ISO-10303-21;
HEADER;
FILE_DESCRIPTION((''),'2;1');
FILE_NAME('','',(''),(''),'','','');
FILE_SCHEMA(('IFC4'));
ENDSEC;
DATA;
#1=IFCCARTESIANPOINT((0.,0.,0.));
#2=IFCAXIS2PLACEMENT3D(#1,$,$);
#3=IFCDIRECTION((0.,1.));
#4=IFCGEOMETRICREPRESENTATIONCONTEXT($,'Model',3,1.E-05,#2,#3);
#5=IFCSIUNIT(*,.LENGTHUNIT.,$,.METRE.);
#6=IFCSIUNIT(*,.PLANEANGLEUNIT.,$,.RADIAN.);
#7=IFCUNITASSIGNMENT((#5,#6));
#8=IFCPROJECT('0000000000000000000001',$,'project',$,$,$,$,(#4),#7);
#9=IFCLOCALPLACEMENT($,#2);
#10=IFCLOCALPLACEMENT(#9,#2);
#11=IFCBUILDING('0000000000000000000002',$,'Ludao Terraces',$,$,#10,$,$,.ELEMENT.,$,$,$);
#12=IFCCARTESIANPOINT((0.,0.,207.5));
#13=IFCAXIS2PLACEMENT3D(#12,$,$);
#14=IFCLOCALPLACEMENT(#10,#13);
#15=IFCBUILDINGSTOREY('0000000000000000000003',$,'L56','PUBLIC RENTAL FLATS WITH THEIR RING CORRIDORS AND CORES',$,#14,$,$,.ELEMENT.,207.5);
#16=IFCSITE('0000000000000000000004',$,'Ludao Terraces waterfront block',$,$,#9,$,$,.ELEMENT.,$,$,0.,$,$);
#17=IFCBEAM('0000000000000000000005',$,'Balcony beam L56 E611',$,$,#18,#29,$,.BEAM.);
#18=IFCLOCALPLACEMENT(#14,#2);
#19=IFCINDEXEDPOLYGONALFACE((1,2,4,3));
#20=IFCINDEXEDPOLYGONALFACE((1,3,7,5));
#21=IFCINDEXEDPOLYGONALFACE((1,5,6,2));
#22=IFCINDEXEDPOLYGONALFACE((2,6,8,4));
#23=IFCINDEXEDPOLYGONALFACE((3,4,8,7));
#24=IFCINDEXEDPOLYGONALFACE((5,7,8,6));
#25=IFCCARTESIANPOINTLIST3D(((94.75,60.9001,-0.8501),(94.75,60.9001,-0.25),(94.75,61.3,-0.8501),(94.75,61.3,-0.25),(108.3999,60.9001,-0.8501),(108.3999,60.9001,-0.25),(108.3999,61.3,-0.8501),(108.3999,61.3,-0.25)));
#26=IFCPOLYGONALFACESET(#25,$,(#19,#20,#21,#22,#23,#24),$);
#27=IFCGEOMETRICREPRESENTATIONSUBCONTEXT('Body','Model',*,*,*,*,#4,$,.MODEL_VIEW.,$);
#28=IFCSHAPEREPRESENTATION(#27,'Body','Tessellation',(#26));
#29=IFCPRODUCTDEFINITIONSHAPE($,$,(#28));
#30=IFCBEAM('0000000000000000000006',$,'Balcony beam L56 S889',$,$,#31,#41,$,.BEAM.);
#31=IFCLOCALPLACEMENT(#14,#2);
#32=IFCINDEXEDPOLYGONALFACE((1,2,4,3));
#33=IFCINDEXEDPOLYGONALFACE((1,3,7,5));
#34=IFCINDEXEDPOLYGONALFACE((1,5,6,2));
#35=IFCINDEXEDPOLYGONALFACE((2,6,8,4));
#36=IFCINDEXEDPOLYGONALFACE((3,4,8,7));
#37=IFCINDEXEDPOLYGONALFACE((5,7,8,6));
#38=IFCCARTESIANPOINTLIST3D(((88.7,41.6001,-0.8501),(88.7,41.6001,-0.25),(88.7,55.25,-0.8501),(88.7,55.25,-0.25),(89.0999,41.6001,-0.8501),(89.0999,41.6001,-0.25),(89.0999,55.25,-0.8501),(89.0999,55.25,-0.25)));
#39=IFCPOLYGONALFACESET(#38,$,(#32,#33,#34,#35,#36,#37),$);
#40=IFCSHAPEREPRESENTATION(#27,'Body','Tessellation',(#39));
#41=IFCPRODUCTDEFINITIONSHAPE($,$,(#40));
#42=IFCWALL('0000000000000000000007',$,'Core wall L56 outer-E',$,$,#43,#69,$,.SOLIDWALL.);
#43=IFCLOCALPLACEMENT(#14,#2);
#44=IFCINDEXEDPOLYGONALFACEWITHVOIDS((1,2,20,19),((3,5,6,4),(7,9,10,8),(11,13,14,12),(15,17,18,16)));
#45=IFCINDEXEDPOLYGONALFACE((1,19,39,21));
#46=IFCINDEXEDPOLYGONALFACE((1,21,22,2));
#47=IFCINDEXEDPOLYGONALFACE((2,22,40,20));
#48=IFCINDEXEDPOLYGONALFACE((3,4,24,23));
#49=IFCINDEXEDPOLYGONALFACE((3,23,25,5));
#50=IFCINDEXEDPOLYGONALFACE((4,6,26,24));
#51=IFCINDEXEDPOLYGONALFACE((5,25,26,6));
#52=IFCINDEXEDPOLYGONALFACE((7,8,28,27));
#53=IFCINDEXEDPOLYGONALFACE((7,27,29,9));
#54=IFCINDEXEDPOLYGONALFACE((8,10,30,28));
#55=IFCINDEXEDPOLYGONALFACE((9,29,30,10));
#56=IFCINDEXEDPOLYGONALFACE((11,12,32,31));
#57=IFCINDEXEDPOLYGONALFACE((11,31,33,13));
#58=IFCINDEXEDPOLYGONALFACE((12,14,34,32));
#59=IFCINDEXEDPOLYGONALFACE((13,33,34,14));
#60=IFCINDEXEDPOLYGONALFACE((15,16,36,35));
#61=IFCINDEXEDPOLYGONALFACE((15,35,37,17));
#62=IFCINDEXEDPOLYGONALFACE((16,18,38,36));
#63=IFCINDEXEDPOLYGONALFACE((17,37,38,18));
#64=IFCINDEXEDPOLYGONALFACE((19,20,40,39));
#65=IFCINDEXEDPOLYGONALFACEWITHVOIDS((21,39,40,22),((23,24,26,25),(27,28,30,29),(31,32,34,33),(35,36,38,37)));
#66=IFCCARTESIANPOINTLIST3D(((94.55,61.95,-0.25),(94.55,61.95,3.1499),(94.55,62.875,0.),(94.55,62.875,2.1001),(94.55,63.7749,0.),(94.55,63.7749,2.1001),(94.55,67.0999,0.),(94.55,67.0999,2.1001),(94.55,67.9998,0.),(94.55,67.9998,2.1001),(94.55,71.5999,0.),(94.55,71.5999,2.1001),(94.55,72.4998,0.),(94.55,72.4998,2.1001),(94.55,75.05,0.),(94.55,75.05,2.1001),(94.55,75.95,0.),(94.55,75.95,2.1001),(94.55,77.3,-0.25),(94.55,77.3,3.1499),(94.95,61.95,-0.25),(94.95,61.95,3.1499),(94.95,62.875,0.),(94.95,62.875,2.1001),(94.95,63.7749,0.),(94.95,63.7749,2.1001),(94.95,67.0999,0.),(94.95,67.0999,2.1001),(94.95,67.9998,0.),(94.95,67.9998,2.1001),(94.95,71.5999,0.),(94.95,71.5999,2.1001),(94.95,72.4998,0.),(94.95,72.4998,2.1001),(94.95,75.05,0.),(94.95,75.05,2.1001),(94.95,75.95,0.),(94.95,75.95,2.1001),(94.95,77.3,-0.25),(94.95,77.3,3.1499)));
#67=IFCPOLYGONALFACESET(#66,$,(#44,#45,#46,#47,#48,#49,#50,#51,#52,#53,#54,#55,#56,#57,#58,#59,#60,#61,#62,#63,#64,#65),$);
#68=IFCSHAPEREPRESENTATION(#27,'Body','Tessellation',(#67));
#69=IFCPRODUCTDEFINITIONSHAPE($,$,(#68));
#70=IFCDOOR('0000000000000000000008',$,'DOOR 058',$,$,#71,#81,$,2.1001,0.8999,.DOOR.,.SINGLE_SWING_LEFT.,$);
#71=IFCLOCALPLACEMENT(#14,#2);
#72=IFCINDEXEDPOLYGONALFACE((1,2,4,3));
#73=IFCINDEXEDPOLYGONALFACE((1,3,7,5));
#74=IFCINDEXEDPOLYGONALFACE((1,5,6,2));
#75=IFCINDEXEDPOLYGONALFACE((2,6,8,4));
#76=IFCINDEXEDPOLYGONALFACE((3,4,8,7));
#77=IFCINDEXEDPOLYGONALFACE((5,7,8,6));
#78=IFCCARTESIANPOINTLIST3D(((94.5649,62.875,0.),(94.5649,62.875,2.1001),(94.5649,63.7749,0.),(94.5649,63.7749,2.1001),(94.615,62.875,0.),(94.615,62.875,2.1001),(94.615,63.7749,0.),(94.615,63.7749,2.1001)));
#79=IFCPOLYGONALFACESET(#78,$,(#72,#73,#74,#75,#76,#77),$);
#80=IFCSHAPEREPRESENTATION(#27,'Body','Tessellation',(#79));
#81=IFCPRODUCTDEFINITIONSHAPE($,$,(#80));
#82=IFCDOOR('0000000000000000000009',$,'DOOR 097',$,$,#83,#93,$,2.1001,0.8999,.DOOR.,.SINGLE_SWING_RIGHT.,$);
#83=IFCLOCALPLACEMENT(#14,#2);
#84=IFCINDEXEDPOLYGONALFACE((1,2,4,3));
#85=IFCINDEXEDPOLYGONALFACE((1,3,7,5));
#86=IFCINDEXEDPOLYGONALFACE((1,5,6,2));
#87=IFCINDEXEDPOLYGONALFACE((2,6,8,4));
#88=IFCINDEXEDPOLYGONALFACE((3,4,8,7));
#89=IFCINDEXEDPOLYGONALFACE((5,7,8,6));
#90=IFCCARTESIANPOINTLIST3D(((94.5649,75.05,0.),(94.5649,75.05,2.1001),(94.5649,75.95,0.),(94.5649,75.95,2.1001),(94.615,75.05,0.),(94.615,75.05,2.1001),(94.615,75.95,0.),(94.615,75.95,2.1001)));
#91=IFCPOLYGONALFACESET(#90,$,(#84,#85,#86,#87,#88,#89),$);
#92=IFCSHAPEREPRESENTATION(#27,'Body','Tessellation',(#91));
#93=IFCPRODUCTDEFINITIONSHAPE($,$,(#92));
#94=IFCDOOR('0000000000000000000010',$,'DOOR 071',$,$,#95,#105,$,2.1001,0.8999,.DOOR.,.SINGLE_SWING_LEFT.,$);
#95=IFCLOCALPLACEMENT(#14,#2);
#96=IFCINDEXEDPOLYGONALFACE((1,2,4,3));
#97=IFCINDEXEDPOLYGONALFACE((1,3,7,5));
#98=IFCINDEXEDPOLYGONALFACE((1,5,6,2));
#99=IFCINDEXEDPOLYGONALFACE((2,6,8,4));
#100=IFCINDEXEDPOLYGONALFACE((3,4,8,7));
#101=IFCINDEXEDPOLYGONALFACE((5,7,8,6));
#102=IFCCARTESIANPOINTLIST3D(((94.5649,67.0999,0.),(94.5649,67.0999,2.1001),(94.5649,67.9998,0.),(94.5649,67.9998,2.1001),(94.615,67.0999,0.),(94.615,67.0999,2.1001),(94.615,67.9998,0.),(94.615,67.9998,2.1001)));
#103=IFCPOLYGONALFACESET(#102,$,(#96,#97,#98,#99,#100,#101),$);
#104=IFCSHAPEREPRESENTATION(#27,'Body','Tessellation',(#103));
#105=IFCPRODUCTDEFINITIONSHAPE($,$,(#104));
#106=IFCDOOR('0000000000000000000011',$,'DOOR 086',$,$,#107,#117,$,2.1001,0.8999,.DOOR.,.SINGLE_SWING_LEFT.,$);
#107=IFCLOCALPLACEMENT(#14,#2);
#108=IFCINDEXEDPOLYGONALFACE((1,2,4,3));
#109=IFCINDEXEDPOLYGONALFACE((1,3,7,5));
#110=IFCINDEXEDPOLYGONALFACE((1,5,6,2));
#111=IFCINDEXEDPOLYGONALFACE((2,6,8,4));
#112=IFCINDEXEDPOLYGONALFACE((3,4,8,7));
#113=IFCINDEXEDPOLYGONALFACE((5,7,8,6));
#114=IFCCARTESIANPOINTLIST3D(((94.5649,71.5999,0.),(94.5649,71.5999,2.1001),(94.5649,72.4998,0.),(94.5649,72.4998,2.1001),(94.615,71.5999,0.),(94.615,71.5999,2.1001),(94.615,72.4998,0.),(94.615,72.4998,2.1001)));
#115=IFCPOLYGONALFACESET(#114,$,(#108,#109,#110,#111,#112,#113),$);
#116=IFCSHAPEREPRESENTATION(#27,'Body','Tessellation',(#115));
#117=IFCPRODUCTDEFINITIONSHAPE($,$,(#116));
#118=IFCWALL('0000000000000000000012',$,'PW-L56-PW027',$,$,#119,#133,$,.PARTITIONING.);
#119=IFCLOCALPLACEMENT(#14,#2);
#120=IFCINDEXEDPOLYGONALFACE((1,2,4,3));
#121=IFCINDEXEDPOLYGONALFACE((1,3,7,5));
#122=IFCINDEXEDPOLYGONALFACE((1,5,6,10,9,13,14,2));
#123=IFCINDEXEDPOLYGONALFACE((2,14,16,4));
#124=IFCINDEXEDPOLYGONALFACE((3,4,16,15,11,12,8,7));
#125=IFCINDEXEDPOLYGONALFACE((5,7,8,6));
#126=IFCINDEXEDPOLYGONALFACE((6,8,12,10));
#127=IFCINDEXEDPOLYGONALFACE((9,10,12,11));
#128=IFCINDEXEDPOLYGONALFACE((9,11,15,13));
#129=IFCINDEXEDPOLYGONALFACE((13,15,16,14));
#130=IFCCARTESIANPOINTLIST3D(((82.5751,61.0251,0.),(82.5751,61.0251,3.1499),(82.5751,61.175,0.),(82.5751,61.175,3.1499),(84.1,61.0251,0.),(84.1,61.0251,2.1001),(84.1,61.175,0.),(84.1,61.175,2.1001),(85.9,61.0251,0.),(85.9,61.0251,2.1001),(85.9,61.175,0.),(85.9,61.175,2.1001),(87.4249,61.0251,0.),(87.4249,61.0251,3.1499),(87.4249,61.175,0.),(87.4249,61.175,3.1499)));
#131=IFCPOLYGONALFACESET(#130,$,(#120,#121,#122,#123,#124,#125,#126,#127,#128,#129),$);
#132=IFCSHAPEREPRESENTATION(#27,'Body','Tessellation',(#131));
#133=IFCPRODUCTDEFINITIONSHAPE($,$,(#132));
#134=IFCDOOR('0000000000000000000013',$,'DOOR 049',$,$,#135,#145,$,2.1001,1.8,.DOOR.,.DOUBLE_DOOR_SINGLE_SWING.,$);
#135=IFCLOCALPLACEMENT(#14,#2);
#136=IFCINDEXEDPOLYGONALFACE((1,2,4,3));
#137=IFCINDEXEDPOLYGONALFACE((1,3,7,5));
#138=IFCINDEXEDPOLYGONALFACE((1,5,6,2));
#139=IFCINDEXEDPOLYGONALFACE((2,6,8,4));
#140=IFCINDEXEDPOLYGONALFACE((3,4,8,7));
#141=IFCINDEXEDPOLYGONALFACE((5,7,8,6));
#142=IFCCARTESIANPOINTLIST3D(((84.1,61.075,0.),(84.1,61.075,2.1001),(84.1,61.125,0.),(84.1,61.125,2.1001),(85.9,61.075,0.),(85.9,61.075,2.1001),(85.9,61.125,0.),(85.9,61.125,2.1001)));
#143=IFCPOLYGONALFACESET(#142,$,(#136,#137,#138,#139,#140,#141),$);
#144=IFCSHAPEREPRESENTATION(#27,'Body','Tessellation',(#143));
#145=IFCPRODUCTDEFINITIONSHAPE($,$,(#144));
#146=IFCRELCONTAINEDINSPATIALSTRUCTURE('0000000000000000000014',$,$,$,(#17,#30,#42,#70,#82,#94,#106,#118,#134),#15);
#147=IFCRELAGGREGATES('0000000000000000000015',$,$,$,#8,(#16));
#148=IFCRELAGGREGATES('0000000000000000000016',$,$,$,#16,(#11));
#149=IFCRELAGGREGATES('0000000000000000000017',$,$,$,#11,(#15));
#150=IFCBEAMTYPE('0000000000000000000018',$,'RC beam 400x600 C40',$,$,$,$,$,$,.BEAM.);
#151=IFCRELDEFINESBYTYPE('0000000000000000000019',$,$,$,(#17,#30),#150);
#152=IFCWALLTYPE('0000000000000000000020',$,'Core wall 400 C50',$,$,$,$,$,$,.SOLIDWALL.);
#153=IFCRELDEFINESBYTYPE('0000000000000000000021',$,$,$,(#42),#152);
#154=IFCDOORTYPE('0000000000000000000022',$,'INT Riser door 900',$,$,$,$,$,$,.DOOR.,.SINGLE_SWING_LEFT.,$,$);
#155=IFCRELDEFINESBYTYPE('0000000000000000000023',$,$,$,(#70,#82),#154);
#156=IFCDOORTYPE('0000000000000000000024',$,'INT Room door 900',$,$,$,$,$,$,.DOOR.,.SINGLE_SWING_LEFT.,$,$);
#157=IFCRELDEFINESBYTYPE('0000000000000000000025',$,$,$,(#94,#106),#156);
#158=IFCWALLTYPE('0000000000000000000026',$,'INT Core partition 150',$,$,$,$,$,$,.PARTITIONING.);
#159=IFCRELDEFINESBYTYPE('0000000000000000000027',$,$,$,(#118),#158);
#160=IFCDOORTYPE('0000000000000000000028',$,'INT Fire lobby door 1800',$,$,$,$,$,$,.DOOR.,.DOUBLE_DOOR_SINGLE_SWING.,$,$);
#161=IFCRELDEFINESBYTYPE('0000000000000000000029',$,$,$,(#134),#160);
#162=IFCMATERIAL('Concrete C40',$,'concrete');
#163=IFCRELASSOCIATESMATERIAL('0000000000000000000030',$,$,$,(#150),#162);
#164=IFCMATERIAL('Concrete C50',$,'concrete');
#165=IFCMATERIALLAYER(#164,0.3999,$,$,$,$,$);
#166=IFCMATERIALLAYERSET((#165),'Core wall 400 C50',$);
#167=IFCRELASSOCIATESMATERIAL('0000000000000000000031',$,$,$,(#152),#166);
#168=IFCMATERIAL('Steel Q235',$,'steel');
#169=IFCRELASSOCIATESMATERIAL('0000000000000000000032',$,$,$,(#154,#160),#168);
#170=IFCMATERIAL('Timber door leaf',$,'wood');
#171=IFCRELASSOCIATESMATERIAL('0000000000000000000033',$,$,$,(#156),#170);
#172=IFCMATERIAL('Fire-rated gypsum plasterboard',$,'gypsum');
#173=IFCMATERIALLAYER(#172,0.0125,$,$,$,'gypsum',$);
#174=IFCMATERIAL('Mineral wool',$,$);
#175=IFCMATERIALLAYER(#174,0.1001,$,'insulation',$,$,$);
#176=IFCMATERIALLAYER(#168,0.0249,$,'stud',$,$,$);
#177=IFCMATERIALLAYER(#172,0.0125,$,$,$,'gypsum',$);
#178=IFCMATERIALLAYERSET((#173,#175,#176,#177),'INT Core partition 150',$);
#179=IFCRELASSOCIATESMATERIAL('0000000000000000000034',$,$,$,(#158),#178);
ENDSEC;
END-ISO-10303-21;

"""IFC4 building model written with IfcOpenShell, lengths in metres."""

from ifc_helpers import new_model, si_unit, direction, frame, frame_2d, origin, origin_2d, place, context, subcontext, project, spatial, rectangle, extrude, material, layer, layer_set, material_profile, profile_set, type_object, element, fill, save


model = new_model("IFC4")

# Units and contexts
model_context = context("Model", 3, precision=1e-05, world=origin(), true_north=direction((0.0, 1.0)))
body_context = subcontext(model_context, "Body", "Model", "MODEL_VIEW")
ifc_project = project(units=[si_unit("LENGTHUNIT", "METRE"), si_unit("PLANEANGLEUNIT", "RADIAN")], contexts=[model_context])

# Site, building, storey
site_placement = place(None, origin())
site = spatial("IfcSite", under=ifc_project, at=site_placement, Name="Ludao Terraces waterfront block", CompositionType="ELEMENT", RefElevation=0.0)
building_placement = place(site_placement, origin())
building = spatial("IfcBuilding", under=site, at=building_placement, Name="Ludao Terraces", CompositionType="ELEMENT")
storey_placement = place(building_placement, frame((0.0, 0.0, 207.5)))
storey = spatial("IfcBuildingStorey", under=building, at=storey_placement, Name="L56", Description="PUBLIC RENTAL FLATS WITH THEIR RING CORRIDORS AND CORES", CompositionType="ELEMENT", Elevation=207.5)

# Beams
ifc_material_1 = material(Name="Concrete C40", Category="concrete")
ifc_material_profile = material_profile(ifc_material_1, rectangle(XDim=0.3999, YDim=0.6001, at=origin_2d()), Name="400 X 600")
ifc_profile_set = profile_set([ifc_material_profile], Name="Concrete C40")
beam_type = type_object("IfcBeamType", Name="RC beam 400x600 C40", PredefinedType="BEAM", material=ifc_profile_set)
for number, where, z_axis, x_axis, name in (
    (1, (94.75, 61.1001, -0.55), (1.0, 0.0, 0.0), (0.0, 1.0, 0.0), "Balcony beam L56 E611"),
    (2, (88.8999, 55.25, -0.55), (0.0, -1.0, 0.0), (1.0, 0.0, 0.0), "Balcony beam L56 S889"),
):
    element("IfcBeam", number, at=place(storey_placement, frame(where, z_axis=z_axis, x_axis=x_axis)), inside=storey, type_object=beam_type, Name=name, PredefinedType="BEAM", context=body_context, shape_type="SweptSolid", body=[
        extrude(rectangle(XDim=0.3999, YDim=0.6001, at=origin_2d()), origin(), (0.0, 0.0, 1.0), 13.6499),
    ])

# Wall, openings, doors
ifc_material_2 = material(Name="Concrete C50", Category="concrete")
ifc_layer_1 = layer(ifc_material_2, 0.3999)
ifc_layer_set_1 = layer_set([ifc_layer_1], Name="Core wall 400 C50")
wall_type_1 = type_object("IfcWallType", Name="Core wall 400 C50", PredefinedType="SOLIDWALL", material=ifc_layer_set_1)
wall_1_placement = place(storey_placement, frame((94.75, 61.95, -0.25), z_axis=(0.0, 0.0, 1.0), x_axis=(0.0, 1.0, 0.0)))
wall_1 = element("IfcWall", 3, at=wall_1_placement, inside=storey, type_object=wall_type_1, Name="Core wall L56 outer-E", PredefinedType="SOLIDWALL", context=body_context, shape_type="SweptSolid", body=[
    extrude(rectangle(XDim=15.3501, YDim=0.3999, at=frame_2d((7.675, 0.0))), origin(), (0.0, 0.0, 1.0), 3.3999),
])
opening_1_placement = place(wall_1_placement, frame((0.925, 0.0, 0.25)))
opening_1 = element("IfcOpeningElement", 4, at=opening_1_placement, cuts=wall_1, PredefinedType="OPENING", context=body_context, shape_type="SweptSolid", body=[
    extrude(rectangle(XDim=0.8999, YDim=2.1001, at=frame_2d((0.45, 1.05))), frame((0.0, 0.21, 0.0), z_axis=(0.0, -1.0, 0.0), x_axis=(1.0, 0.0, 0.0)), (0.0, 0.0, 1.0), 0.4199),
])
opening_2_placement = place(wall_1_placement, frame((5.1499, 0.0, 0.25)))
opening_2 = element("IfcOpeningElement", 5, at=opening_2_placement, cuts=wall_1, PredefinedType="OPENING", context=body_context, shape_type="SweptSolid", body=[
    extrude(rectangle(XDim=0.8999, YDim=2.1001, at=frame_2d((0.45, 1.05))), frame((0.0, 0.21, 0.0), z_axis=(0.0, -1.0, 0.0), x_axis=(1.0, 0.0, 0.0)), (0.0, 0.0, 1.0), 0.4199),
])
opening_3_placement = place(wall_1_placement, frame((9.6499, 0.0, 0.25)))
opening_3 = element("IfcOpeningElement", 6, at=opening_3_placement, cuts=wall_1, PredefinedType="OPENING", context=body_context, shape_type="SweptSolid", body=[
    extrude(rectangle(XDim=0.8999, YDim=2.1001, at=frame_2d((0.45, 1.05))), frame((0.0, 0.21, 0.0), z_axis=(0.0, -1.0, 0.0), x_axis=(1.0, 0.0, 0.0)), (0.0, 0.0, 1.0), 0.4199),
])
opening_4_placement = place(wall_1_placement, frame((13.1001, 0.0, 0.25)))
opening_4 = element("IfcOpeningElement", 7, at=opening_4_placement, cuts=wall_1, PredefinedType="OPENING", context=body_context, shape_type="SweptSolid", body=[
    extrude(rectangle(XDim=0.8999, YDim=2.1001, at=frame_2d((0.45, 1.05))), frame((0.0, 0.21, 0.0), z_axis=(0.0, -1.0, 0.0), x_axis=(1.0, 0.0, 0.0)), (0.0, 0.0, 1.0), 0.4199),
])
ifc_material_3 = material(Name="Steel Q235", Category="steel")
door_type_1 = type_object("IfcDoorType", Name="INT Riser door 900", OperationType="SINGLE_SWING_LEFT", PredefinedType="DOOR", material=ifc_material_3)
door_1_placement = place(opening_1_placement, origin())
door_1 = element("IfcDoor", 8, at=door_1_placement, inside=storey, type_object=door_type_1, Name="DOOR 058", OperationType="SINGLE_SWING_LEFT", OverallHeight=2.1001, OverallWidth=0.8999, PredefinedType="DOOR", context=body_context, shape_type="SweptSolid", body=[
    extrude(rectangle(XDim=0.8999, YDim=2.1001, at=frame_2d((0.45, 1.05))), frame((0.0, 0.1851, 0.0), z_axis=(0.0, -1.0, 0.0), x_axis=(1.0, 0.0, 0.0)), (0.0, 0.0, 1.0), 0.05),
])
fill(opening_1, door_1)
door_2_placement = place(opening_4_placement, origin())
door_2 = element("IfcDoor", 9, at=door_2_placement, inside=storey, type_object=door_type_1, Name="DOOR 097", OperationType="SINGLE_SWING_RIGHT", OverallHeight=2.1001, OverallWidth=0.8999, PredefinedType="DOOR", context=body_context, shape_type="SweptSolid", body=[
    extrude(rectangle(XDim=0.8999, YDim=2.1001, at=frame_2d((0.45, 1.05))), frame((0.0, 0.1851, 0.0), z_axis=(0.0, -1.0, 0.0), x_axis=(1.0, 0.0, 0.0)), (0.0, 0.0, 1.0), 0.05),
])
fill(opening_4, door_2)
ifc_material_4 = material(Name="Timber door leaf", Category="wood")
door_type_2 = type_object("IfcDoorType", Name="INT Room door 900", OperationType="SINGLE_SWING_LEFT", PredefinedType="DOOR", material=ifc_material_4)
door_3_placement = place(opening_2_placement, origin())
door_3 = element("IfcDoor", 10, at=door_3_placement, inside=storey, type_object=door_type_2, Name="DOOR 071", OperationType="SINGLE_SWING_LEFT", OverallHeight=2.1001, OverallWidth=0.8999, PredefinedType="DOOR", context=body_context, shape_type="SweptSolid", body=[
    extrude(rectangle(XDim=0.8999, YDim=2.1001, at=frame_2d((0.45, 1.05))), frame((0.0, 0.1851, 0.0), z_axis=(0.0, -1.0, 0.0), x_axis=(1.0, 0.0, 0.0)), (0.0, 0.0, 1.0), 0.05),
])
fill(opening_2, door_3)
door_4_placement = place(opening_3_placement, origin())
door_4 = element("IfcDoor", 11, at=door_4_placement, inside=storey, type_object=door_type_2, Name="DOOR 086", OperationType="SINGLE_SWING_LEFT", OverallHeight=2.1001, OverallWidth=0.8999, PredefinedType="DOOR", context=body_context, shape_type="SweptSolid", body=[
    extrude(rectangle(XDim=0.8999, YDim=2.1001, at=frame_2d((0.45, 1.05))), frame((0.0, 0.1851, 0.0), z_axis=(0.0, -1.0, 0.0), x_axis=(1.0, 0.0, 0.0)), (0.0, 0.0, 1.0), 0.05),
])
fill(opening_3, door_4)

# Wall, opening, door
ifc_material_5 = material(Name="Fire-rated gypsum plasterboard", Category="gypsum")
ifc_layer_2 = layer(ifc_material_5, 0.0125, Category="gypsum")
ifc_material_6 = material(Name="Mineral wool")
ifc_layer_3 = layer(ifc_material_6, 0.1001, Name="insulation")
ifc_layer_4 = layer(ifc_material_3, 0.0249, Name="stud")
ifc_layer_5 = layer(ifc_material_5, 0.0125, Category="gypsum")
ifc_layer_set_2 = layer_set([ifc_layer_2, ifc_layer_3, ifc_layer_4, ifc_layer_5], Name="INT Core partition 150")
wall_type_2 = type_object("IfcWallType", Name="INT Core partition 150", PredefinedType="PARTITIONING", material=ifc_layer_set_2)
wall_2_placement = place(storey_placement, frame((82.5752, 61.1001, 0.0), z_axis=(0.0, 0.0, 1.0), x_axis=(1.0, 0.0, 0.0)))
wall_2 = element("IfcWall", 12, at=wall_2_placement, inside=storey, type_object=wall_type_2, Name="PW-L56-PW027", PredefinedType="PARTITIONING", context=body_context, shape_type="SweptSolid", body=[
    extrude(rectangle(XDim=4.8499, YDim=0.1499, at=frame_2d((2.4248, 0.0))), origin(), (0.0, 0.0, 1.0), 3.1499),
])
opening_5_placement = place(wall_2_placement, frame((1.5249, 0.0, 0.0)))
opening_5 = element("IfcOpeningElement", 13, at=opening_5_placement, cuts=wall_2, PredefinedType="OPENING", context=body_context, shape_type="SweptSolid", body=[
    extrude(rectangle(XDim=1.8, YDim=2.1001, at=frame_2d((0.8999, 1.05))), frame((0.0, 0.085, 0.0), z_axis=(0.0, -1.0, 0.0), x_axis=(1.0, 0.0, 0.0)), (0.0, 0.0, 1.0), 0.1699),
])
door_type_3 = type_object("IfcDoorType", Name="INT Fire lobby door 1800", OperationType="DOUBLE_DOOR_SINGLE_SWING", PredefinedType="DOOR", material=ifc_material_3)
door_5_placement = place(opening_5_placement, origin())
door_5 = element("IfcDoor", 14, at=door_5_placement, inside=storey, type_object=door_type_3, Name="DOOR 049", OperationType="DOUBLE_DOOR_SINGLE_SWING", OverallHeight=2.1001, OverallWidth=1.8, PredefinedType="DOOR", context=body_context, shape_type="SweptSolid", body=[
    extrude(rectangle(XDim=1.8, YDim=2.1001, at=frame_2d((0.8999, 1.05))), frame((0.0, 0.0249, 0.0), z_axis=(0.0, -1.0, 0.0), x_axis=(1.0, 0.0, 0.0)), (0.0, 0.0, 1.0), 0.05),
])
fill(opening_5, door_5)

save(model, "model.ifc")
